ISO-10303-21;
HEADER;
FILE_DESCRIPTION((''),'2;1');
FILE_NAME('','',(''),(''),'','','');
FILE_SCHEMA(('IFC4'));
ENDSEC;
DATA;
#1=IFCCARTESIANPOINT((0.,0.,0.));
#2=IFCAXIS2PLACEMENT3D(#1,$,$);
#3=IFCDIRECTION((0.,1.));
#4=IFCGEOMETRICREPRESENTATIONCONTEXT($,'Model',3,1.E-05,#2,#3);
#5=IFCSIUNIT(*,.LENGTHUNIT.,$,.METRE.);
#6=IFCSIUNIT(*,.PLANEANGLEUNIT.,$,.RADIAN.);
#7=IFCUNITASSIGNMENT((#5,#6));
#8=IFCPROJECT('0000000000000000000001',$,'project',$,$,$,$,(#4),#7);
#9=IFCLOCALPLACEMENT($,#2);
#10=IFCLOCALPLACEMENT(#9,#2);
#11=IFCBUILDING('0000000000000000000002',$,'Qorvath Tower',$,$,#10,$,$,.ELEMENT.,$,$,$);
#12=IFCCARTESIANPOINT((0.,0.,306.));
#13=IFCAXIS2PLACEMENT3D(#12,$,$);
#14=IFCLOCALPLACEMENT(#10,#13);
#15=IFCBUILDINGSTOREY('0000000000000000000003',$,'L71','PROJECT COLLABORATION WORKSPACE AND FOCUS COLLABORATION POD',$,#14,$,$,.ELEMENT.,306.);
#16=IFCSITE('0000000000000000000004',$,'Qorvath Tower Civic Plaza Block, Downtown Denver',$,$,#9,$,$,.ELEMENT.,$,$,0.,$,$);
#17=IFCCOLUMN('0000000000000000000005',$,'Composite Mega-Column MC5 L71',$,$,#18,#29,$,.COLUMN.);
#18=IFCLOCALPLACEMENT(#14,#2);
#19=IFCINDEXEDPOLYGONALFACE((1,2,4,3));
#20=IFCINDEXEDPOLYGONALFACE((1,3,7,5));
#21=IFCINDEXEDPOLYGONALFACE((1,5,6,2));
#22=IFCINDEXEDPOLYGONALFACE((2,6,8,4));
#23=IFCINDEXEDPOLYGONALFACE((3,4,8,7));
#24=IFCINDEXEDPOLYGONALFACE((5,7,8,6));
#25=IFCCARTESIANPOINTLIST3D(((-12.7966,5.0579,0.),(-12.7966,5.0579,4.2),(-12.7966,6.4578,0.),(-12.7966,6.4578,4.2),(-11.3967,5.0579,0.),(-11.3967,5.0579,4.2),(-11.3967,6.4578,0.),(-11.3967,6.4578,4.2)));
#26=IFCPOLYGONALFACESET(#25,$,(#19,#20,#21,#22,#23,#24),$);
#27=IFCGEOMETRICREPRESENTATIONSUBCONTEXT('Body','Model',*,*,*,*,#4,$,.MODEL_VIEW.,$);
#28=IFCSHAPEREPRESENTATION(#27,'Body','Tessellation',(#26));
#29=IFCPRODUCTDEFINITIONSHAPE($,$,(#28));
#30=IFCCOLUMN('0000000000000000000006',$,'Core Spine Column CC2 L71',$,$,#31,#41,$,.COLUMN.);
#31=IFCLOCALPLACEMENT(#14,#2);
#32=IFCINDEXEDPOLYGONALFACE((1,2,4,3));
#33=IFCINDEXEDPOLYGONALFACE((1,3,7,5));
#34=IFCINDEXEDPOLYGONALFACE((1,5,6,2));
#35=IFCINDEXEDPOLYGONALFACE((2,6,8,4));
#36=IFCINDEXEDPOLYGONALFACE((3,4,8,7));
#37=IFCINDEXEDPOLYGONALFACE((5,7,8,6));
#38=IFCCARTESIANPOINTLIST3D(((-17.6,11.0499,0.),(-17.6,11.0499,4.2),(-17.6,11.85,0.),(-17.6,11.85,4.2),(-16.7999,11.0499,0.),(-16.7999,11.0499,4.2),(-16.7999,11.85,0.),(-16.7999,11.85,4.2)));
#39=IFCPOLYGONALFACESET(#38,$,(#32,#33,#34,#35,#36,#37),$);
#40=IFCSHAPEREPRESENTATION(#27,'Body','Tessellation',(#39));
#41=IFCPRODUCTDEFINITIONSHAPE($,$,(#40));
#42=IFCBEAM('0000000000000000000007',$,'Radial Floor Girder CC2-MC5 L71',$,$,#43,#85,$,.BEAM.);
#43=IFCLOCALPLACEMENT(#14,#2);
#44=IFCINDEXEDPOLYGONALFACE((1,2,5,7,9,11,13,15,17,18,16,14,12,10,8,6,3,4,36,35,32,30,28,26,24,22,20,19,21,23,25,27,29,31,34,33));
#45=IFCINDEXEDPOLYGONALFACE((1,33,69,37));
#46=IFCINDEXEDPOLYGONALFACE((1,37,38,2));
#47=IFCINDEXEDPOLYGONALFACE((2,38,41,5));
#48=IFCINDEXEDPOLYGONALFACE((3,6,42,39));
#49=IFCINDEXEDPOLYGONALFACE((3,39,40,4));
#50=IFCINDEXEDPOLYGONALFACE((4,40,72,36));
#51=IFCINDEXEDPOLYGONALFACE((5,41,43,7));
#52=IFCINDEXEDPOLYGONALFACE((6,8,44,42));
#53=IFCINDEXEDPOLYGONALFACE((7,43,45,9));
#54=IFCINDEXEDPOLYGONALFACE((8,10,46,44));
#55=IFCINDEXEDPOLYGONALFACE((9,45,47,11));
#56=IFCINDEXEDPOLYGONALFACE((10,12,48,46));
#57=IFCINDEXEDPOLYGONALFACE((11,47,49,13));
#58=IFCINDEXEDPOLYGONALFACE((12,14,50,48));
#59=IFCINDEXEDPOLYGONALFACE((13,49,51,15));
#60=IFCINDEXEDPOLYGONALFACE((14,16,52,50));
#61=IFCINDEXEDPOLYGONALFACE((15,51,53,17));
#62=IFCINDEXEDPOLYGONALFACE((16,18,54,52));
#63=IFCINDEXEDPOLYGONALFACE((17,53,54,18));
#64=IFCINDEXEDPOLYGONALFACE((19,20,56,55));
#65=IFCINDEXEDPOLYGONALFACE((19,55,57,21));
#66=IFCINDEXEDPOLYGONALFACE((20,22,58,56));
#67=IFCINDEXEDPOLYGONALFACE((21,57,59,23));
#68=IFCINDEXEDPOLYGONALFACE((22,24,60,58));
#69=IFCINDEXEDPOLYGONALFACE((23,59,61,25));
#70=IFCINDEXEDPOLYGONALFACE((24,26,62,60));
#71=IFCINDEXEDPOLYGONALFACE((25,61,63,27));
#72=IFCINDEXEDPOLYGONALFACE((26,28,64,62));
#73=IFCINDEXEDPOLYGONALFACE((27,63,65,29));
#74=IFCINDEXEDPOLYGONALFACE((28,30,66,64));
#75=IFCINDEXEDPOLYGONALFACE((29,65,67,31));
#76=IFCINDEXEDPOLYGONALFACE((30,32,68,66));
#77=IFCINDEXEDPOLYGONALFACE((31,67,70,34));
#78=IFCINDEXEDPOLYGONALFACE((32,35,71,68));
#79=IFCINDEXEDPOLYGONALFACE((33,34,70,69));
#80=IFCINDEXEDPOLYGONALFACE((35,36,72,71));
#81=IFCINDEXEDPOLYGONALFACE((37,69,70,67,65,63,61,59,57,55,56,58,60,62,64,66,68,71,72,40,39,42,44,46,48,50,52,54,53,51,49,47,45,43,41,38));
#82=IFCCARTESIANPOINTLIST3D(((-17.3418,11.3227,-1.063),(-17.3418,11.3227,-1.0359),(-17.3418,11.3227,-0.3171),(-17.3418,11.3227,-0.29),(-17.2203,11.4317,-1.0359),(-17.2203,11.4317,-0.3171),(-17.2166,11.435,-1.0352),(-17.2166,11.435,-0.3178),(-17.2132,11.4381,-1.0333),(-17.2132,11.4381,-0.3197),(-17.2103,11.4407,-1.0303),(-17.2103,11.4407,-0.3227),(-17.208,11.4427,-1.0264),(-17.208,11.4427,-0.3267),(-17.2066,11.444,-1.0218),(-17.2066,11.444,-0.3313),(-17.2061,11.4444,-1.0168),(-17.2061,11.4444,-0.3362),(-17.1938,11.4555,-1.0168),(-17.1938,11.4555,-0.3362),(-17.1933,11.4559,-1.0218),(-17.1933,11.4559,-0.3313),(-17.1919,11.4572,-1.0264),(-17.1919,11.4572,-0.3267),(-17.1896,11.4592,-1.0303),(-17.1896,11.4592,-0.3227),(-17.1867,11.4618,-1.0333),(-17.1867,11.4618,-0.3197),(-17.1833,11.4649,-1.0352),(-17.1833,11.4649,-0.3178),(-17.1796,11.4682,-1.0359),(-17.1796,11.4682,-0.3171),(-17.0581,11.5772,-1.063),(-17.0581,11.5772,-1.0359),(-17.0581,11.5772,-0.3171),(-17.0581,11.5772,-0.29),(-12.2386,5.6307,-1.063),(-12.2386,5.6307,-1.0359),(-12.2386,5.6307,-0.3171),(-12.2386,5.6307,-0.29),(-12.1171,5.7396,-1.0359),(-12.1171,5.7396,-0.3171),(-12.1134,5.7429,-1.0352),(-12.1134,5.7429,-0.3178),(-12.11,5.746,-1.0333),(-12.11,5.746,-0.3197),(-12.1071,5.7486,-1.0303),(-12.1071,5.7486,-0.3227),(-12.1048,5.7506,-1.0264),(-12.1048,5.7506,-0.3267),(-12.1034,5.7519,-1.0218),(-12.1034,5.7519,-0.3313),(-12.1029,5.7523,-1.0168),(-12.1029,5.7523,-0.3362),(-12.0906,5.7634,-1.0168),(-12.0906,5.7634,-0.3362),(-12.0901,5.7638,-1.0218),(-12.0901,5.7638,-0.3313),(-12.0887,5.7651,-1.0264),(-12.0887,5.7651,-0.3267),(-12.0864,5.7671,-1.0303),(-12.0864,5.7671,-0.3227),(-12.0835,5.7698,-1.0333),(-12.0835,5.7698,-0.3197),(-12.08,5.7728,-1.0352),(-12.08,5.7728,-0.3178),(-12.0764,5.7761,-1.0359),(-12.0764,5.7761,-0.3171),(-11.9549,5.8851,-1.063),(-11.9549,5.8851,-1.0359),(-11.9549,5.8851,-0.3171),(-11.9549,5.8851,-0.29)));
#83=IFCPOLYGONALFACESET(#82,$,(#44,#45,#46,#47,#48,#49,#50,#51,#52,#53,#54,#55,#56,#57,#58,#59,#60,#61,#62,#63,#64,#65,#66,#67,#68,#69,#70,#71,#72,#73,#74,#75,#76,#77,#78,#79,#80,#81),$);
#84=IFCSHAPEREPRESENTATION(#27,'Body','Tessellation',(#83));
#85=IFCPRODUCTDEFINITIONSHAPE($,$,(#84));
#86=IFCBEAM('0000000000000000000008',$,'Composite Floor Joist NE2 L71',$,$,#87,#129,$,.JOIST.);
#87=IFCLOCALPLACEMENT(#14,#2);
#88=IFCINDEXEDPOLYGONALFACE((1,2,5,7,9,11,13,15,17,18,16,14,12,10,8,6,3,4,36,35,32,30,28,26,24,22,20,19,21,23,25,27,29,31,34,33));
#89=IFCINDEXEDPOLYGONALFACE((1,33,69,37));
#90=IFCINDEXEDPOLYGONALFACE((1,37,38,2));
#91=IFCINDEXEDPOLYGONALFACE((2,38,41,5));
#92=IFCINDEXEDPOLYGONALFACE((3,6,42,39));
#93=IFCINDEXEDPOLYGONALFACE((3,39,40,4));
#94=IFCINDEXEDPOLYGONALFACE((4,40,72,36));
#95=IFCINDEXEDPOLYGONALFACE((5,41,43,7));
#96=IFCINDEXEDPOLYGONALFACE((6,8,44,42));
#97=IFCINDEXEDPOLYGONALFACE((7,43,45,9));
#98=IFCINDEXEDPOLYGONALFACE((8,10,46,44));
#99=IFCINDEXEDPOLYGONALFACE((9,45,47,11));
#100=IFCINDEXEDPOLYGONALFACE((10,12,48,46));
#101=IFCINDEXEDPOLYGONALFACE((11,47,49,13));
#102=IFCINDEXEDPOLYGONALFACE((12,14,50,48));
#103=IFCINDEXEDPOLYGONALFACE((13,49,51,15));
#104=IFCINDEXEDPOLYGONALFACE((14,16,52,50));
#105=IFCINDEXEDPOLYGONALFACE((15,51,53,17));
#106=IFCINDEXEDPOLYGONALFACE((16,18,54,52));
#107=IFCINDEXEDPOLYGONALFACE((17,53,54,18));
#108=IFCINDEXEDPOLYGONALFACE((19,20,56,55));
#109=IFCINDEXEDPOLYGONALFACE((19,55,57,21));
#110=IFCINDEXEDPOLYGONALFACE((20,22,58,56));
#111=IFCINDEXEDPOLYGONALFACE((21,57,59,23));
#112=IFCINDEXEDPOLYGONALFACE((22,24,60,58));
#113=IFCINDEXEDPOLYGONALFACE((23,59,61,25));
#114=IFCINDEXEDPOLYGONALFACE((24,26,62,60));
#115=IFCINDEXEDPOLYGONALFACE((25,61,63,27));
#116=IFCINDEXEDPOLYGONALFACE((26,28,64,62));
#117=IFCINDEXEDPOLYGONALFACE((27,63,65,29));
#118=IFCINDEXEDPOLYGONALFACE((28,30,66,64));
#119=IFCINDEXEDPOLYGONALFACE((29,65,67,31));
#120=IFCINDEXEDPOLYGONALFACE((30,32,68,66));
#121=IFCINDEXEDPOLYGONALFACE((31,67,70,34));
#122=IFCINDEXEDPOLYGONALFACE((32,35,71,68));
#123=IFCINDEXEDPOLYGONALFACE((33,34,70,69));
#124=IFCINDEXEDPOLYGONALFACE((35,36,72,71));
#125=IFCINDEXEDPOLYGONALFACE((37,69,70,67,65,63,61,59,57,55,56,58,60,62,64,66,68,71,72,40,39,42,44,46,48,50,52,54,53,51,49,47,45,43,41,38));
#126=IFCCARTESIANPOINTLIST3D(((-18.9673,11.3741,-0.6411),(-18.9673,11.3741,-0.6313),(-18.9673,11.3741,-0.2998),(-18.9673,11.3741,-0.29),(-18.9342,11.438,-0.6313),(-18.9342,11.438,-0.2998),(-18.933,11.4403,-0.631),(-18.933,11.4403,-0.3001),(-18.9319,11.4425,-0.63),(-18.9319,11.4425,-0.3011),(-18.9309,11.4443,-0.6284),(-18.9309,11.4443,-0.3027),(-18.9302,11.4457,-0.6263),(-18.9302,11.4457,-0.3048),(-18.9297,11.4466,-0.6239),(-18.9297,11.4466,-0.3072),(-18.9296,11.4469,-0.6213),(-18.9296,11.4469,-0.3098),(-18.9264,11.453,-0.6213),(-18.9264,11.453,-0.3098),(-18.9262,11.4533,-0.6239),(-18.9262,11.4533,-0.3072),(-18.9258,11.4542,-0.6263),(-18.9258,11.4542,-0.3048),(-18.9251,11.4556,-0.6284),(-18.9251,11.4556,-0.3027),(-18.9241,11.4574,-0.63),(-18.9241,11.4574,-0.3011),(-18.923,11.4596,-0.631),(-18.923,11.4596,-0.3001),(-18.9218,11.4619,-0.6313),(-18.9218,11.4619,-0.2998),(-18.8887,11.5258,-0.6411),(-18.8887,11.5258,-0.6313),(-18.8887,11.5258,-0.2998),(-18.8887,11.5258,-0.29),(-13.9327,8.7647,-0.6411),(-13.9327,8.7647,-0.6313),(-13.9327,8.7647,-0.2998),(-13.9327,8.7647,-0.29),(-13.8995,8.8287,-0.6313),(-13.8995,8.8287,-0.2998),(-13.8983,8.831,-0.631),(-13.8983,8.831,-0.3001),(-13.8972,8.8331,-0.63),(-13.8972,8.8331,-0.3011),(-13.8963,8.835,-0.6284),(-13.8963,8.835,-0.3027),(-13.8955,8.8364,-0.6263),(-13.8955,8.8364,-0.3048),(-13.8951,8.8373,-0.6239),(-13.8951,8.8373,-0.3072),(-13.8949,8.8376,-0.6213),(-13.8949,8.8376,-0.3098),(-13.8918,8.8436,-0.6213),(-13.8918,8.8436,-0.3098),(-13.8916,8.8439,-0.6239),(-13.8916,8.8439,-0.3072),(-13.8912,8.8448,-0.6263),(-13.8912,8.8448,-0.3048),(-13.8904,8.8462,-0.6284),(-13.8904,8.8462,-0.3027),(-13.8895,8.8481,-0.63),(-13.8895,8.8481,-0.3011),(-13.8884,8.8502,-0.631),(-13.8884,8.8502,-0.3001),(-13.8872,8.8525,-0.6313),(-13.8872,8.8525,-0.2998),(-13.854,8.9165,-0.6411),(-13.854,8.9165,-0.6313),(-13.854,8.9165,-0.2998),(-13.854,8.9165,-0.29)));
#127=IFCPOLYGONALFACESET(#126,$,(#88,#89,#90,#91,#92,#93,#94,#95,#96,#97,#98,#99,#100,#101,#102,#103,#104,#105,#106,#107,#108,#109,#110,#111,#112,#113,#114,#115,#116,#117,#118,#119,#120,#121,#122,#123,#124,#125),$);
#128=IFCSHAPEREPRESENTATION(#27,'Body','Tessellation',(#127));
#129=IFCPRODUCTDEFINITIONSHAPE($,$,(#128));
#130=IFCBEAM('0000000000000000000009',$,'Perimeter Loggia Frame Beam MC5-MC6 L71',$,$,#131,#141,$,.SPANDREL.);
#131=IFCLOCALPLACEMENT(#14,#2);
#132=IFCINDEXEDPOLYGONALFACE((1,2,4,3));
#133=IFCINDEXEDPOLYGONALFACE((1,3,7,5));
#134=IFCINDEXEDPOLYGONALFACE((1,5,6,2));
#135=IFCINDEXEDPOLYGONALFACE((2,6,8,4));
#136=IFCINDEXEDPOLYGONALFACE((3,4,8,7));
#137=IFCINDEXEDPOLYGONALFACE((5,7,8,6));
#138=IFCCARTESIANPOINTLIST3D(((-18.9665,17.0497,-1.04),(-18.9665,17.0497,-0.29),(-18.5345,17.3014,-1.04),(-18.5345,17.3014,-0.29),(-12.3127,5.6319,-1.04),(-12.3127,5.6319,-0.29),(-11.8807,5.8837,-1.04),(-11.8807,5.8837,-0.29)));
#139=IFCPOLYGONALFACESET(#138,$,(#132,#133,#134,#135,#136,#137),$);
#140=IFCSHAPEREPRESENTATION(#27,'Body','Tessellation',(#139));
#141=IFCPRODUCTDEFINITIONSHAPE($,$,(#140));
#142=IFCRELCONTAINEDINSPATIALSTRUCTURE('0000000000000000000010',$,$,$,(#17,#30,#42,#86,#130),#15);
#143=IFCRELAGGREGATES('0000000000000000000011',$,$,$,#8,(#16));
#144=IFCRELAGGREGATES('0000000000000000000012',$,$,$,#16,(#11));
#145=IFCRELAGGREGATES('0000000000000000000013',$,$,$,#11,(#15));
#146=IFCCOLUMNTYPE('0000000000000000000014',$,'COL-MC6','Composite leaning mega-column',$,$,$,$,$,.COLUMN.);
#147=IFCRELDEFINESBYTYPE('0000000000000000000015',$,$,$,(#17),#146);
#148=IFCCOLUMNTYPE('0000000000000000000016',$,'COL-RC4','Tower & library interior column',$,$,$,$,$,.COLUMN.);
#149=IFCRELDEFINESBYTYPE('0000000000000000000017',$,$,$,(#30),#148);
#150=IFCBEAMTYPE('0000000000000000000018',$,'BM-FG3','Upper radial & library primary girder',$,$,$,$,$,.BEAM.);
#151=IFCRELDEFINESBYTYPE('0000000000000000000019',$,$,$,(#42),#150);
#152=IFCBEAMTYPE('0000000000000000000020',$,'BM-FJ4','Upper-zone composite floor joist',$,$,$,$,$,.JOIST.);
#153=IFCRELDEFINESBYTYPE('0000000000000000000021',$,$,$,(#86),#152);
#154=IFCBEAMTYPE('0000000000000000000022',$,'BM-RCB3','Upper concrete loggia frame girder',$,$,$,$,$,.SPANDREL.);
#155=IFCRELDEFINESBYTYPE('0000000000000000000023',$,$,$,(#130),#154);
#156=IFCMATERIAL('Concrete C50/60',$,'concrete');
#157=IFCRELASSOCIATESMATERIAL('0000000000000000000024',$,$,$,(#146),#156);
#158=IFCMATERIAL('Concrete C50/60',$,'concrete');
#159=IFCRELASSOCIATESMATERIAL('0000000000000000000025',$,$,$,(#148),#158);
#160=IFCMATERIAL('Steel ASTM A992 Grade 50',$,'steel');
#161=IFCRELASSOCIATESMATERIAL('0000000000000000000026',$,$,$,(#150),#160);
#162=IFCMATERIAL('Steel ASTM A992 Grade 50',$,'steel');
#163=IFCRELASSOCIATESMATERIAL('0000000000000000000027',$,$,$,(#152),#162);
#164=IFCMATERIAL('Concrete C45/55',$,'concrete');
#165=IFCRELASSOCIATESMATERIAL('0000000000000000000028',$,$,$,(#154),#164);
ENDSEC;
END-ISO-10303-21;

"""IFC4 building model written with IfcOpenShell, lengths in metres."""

from ifc_helpers import new_model, si_unit, direction, frame, origin, origin_2d, place, context, subcontext, project, spatial, rectangle, i_section, extrude, material, material_profile, profile_set, type_object, element, save


model = new_model("IFC4")

# Units and contexts
model_context = context("Model", 3, precision=1e-05, world=origin(), true_north=direction((0.0, 1.0)))
body_context = subcontext(model_context, "Body", "Model", "MODEL_VIEW")
ifc_project = project(units=[si_unit("LENGTHUNIT", "METRE"), si_unit("PLANEANGLEUNIT", "RADIAN")], contexts=[model_context])

# Site, building, storey
site_placement = place(None, origin())
site = spatial("IfcSite", under=ifc_project, at=site_placement, Name="Qorvath Tower Civic Plaza Block, Downtown Denver", CompositionType="ELEMENT", RefElevation=0.0)
building_placement = place(site_placement, origin())
building = spatial("IfcBuilding", under=site, at=building_placement, Name="Qorvath Tower", CompositionType="ELEMENT")
storey_placement = place(building_placement, frame((0.0, 0.0, 306.0)))
storey = spatial("IfcBuildingStorey", under=building, at=storey_placement, Name="L71", Description="PROJECT COLLABORATION WORKSPACE AND FOCUS COLLABORATION POD", CompositionType="ELEMENT", Elevation=306.0)

# Columns
ifc_material_1 = material(Name="Concrete C50/60", Category="concrete")
ifc_material_profile_1 = material_profile(ifc_material_1, rectangle(XDim=1.3999, YDim=1.3999, at=origin_2d()), Name="MC 1400x1400")
ifc_profile_set_1 = profile_set([ifc_material_profile_1], Name="Concrete C50/60")
column_type_1 = type_object("IfcColumnType", Name="COL-MC6", Description="Composite leaning mega-column", PredefinedType="COLUMN", material=ifc_profile_set_1)
column_1_placement = place(storey_placement, frame((-12.0967, 5.7578, 0.0), z_axis=(0.0, 0.0, 1.0), x_axis=(1.0, 0.0, 0.0)))
element("IfcColumn", 1, at=column_1_placement, inside=storey, type_object=column_type_1, Name="Composite Mega-Column MC5 L71", PredefinedType="COLUMN", context=body_context, shape_type="SweptSolid", body=[
    extrude(rectangle(XDim=1.3999, YDim=1.3999, at=origin_2d()), origin(), (0.0, 0.0, 1.0), 4.2),
])
ifc_material_2 = material(Name="Concrete C50/60", Category="concrete")
ifc_material_profile_2 = material_profile(ifc_material_2, rectangle(XDim=0.8, YDim=0.8, at=origin_2d()), Name="RC 800x800")
ifc_profile_set_2 = profile_set([ifc_material_profile_2], Name="Concrete C50/60")
column_type_2 = type_object("IfcColumnType", Name="COL-RC4", Description="Tower & library interior column", PredefinedType="COLUMN", material=ifc_profile_set_2)
column_2_placement = place(storey_placement, frame((-17.2, 11.45, 0.0), z_axis=(0.0, 0.0, 1.0), x_axis=(1.0, 0.0, 0.0)))
element("IfcColumn", 2, at=column_2_placement, inside=storey, type_object=column_type_2, Name="Core Spine Column CC2 L71", PredefinedType="COLUMN", context=body_context, shape_type="SweptSolid", body=[
    extrude(rectangle(XDim=0.8, YDim=0.8, at=origin_2d()), origin(), (0.0, 0.0, 1.0), 4.2),
])

# Beams
ifc_material_3 = material(Name="Steel ASTM A992 Grade 50", Category="steel")
ifc_material_profile_3 = material_profile(ifc_material_3, i_section(OverallWidth=0.3811, OverallDepth=0.7729, WebThickness=0.0166, FlangeThickness=0.0271, FilletRadius=0.019, at=origin_2d()), Name="W30x173")
ifc_profile_set_3 = profile_set([ifc_material_profile_3], Name="Steel ASTM A992 Grade 50")
beam_type_1 = type_object("IfcBeamType", Name="BM-FG3", Description="Upper radial & library primary girder", PredefinedType="BEAM", material=ifc_profile_set_3)
beam_1_placement = place(storey_placement, frame((-17.2, 11.45, -0.6765), z_axis=(0.667543, -0.744571, 0.0), x_axis=(0.744571, 0.667543, 0.0)))
element("IfcBeam", 3, at=beam_1_placement, inside=storey, type_object=beam_type_1, Name="Radial Floor Girder CC2-MC5 L71", PredefinedType="BEAM", context=body_context, shape_type="SweptSolid", body=[
    extrude(i_section(OverallWidth=0.3811, OverallDepth=0.7729, WebThickness=0.0166, FlangeThickness=0.0271, FilletRadius=0.019, at=origin_2d()), origin(), (0.0, 0.0, 1.0), 7.6448),
])
ifc_material_4 = material(Name="Steel ASTM A992 Grade 50", Category="steel")
ifc_material_profile_4 = material_profile(ifc_material_4, i_section(OverallWidth=0.1709, OverallDepth=0.3511, WebThickness=0.0068, FlangeThickness=0.0098, FilletRadius=0.01, at=origin_2d()), Name="W14x30")
ifc_profile_set_4 = profile_set([ifc_material_profile_4], Name="Steel ASTM A992 Grade 50")
beam_type_2 = type_object("IfcBeamType", Name="BM-FJ4", Description="Upper-zone composite floor joist", PredefinedType="JOIST", material=ifc_profile_set_4)
beam_2_placement = place(storey_placement, frame((-18.928, 11.45, -0.4656), z_axis=(0.887841, -0.460151, 0.0), x_axis=(0.460151, 0.887841, 0.0)))
element("IfcBeam", 4, at=beam_2_placement, inside=storey, type_object=beam_type_2, Name="Composite Floor Joist NE2 L71", PredefinedType="JOIST", context=body_context, shape_type="SweptSolid", body=[
    extrude(i_section(OverallWidth=0.1709, OverallDepth=0.3511, WebThickness=0.0068, FlangeThickness=0.0098, FilletRadius=0.01, at=origin_2d()), origin(), (0.0, 0.0, 1.0), 5.6707),
])
ifc_material_5 = material(Name="Concrete C45/55", Category="concrete")
ifc_material_profile_5 = material_profile(ifc_material_5, rectangle(XDim=0.5, YDim=0.75, at=origin_2d()), Name="RCB 750x500")
ifc_profile_set_5 = profile_set([ifc_material_profile_5], Name="Concrete C45/55")
beam_type_3 = type_object("IfcBeamType", Name="BM-RCB3", Description="Upper concrete loggia frame girder", PredefinedType="SPANDREL", material=ifc_profile_set_5)
beam_3_placement = place(storey_placement, frame((-12.0967, 5.7578, -0.665), z_axis=(-0.503502, 0.863994, 0.0), x_axis=(-0.863994, -0.503502, 0.0)))
element("IfcBeam", 5, at=beam_3_placement, inside=storey, type_object=beam_type_3, Name="Perimeter Loggia Frame Beam MC5-MC6 L71", PredefinedType="SPANDREL", context=body_context, shape_type="SweptSolid", body=[
    extrude(rectangle(XDim=0.5, YDim=0.75, at=origin_2d()), origin(), (0.0, 0.0, 1.0), 13.2151),
])

save(model, "model.ifc")
